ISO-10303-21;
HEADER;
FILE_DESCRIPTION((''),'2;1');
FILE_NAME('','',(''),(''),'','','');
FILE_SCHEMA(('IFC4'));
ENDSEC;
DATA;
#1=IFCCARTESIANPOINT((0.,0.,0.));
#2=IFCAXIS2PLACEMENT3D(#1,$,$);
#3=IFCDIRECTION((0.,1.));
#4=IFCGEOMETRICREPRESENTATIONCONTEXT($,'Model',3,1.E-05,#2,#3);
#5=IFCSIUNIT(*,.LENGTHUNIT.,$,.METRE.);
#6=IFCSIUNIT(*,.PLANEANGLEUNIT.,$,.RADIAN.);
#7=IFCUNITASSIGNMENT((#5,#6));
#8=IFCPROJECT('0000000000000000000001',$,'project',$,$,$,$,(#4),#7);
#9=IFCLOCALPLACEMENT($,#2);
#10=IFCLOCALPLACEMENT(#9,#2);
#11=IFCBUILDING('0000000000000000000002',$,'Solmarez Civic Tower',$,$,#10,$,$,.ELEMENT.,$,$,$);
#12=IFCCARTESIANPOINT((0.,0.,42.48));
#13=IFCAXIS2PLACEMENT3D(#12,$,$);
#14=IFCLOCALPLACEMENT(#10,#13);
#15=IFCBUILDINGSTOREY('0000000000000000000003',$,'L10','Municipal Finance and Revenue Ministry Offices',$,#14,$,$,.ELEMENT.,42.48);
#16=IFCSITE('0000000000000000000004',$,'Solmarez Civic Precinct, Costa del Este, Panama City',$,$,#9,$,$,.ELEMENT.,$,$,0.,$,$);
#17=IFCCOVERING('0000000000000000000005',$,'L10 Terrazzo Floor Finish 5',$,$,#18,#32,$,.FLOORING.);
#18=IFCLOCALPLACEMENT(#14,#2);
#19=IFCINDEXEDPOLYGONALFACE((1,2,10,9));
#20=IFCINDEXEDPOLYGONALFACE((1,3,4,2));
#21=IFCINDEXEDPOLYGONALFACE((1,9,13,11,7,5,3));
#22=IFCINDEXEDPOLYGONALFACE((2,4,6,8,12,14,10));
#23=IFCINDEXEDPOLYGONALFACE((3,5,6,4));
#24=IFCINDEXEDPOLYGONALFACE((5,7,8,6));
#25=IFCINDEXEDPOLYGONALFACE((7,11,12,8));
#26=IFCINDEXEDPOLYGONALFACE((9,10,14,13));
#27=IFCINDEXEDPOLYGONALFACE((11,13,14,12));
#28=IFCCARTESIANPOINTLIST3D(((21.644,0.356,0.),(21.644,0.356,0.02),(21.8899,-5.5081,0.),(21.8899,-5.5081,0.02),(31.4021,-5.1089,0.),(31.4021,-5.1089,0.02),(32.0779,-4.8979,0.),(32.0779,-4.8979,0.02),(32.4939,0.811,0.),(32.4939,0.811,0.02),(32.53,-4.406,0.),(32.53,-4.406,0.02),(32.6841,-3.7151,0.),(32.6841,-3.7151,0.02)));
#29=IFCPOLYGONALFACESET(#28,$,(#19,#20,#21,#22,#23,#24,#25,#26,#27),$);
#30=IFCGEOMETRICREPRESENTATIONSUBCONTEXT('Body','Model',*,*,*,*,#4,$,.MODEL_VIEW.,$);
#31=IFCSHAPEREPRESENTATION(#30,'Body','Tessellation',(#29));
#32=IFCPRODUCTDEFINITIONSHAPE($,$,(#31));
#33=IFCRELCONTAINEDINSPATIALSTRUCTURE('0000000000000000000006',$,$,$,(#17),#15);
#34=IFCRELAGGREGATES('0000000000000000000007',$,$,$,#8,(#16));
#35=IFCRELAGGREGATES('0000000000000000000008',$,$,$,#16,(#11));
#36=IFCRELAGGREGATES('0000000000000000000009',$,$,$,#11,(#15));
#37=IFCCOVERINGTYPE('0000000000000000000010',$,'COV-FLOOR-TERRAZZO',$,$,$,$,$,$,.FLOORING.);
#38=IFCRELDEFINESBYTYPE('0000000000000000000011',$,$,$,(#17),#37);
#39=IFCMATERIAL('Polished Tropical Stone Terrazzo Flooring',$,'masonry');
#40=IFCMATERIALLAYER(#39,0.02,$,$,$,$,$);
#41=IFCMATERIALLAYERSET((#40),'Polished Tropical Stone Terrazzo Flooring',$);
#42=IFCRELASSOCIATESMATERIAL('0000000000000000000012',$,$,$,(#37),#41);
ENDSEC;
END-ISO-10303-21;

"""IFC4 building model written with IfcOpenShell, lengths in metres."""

from ifc_helpers import new_model, si_unit, direction, frame, origin, place, context, subcontext, project, spatial, polyline, outline, extrude, material, layer, layer_set, type_object, element, save


model = new_model("IFC4")

# Units and contexts
model_context = context("Model", 3, precision=1e-05, world=origin(), true_north=direction((0.0, 1.0)))
body_context = subcontext(model_context, "Body", "Model", "MODEL_VIEW")
ifc_project = project(units=[si_unit("LENGTHUNIT", "METRE"), si_unit("PLANEANGLEUNIT", "RADIAN")], contexts=[model_context])

# Site, building, storey
site_placement = place(None, origin())
site = spatial("IfcSite", under=ifc_project, at=site_placement, Name="Solmarez Civic Precinct, Costa del Este, Panama City", CompositionType="ELEMENT", RefElevation=0.0)
building_placement = place(site_placement, origin())
building = spatial("IfcBuilding", under=site, at=building_placement, Name="Solmarez Civic Tower", CompositionType="ELEMENT")
storey_placement = place(building_placement, frame((0.0, 0.0, 42.48)))
storey = spatial("IfcBuildingStorey", under=building, at=storey_placement, Name="L10", Description="Municipal Finance and Revenue Ministry Offices", CompositionType="ELEMENT", Elevation=42.48)

# Covering
ifc_material_1 = material(Name="Polished Tropical Stone Terrazzo Flooring", Category="masonry")
ifc_layer_1 = layer(ifc_material_1, 0.02)
ifc_layer_set_1 = layer_set([ifc_layer_1], Name="Polished Tropical Stone Terrazzo Flooring")
covering_type_1 = type_object("IfcCoveringType", Name="COV-FLOOR-TERRAZZO", PredefinedType="FLOORING", material=ifc_layer_set_1)
covering_1_placement = place(storey_placement, origin())
element("IfcCovering", 1, at=covering_1_placement, inside=storey, type_object=covering_type_1, Name="L10 Terrazzo Floor Finish 5", PredefinedType="FLOORING", context=body_context, shape_type="SweptSolid", body=[
    extrude(outline(polyline([(21.8899, -5.5081), (31.4021, -5.1089), (32.0779, -4.8979), (32.53, -4.406), (32.6841, -3.7151), (32.4939, 0.811), (21.644, 0.356), (21.8899, -5.5081)])), origin(), (0.0, 0.0, 1.0), 0.02),
])

save(model, "model.ifc")
